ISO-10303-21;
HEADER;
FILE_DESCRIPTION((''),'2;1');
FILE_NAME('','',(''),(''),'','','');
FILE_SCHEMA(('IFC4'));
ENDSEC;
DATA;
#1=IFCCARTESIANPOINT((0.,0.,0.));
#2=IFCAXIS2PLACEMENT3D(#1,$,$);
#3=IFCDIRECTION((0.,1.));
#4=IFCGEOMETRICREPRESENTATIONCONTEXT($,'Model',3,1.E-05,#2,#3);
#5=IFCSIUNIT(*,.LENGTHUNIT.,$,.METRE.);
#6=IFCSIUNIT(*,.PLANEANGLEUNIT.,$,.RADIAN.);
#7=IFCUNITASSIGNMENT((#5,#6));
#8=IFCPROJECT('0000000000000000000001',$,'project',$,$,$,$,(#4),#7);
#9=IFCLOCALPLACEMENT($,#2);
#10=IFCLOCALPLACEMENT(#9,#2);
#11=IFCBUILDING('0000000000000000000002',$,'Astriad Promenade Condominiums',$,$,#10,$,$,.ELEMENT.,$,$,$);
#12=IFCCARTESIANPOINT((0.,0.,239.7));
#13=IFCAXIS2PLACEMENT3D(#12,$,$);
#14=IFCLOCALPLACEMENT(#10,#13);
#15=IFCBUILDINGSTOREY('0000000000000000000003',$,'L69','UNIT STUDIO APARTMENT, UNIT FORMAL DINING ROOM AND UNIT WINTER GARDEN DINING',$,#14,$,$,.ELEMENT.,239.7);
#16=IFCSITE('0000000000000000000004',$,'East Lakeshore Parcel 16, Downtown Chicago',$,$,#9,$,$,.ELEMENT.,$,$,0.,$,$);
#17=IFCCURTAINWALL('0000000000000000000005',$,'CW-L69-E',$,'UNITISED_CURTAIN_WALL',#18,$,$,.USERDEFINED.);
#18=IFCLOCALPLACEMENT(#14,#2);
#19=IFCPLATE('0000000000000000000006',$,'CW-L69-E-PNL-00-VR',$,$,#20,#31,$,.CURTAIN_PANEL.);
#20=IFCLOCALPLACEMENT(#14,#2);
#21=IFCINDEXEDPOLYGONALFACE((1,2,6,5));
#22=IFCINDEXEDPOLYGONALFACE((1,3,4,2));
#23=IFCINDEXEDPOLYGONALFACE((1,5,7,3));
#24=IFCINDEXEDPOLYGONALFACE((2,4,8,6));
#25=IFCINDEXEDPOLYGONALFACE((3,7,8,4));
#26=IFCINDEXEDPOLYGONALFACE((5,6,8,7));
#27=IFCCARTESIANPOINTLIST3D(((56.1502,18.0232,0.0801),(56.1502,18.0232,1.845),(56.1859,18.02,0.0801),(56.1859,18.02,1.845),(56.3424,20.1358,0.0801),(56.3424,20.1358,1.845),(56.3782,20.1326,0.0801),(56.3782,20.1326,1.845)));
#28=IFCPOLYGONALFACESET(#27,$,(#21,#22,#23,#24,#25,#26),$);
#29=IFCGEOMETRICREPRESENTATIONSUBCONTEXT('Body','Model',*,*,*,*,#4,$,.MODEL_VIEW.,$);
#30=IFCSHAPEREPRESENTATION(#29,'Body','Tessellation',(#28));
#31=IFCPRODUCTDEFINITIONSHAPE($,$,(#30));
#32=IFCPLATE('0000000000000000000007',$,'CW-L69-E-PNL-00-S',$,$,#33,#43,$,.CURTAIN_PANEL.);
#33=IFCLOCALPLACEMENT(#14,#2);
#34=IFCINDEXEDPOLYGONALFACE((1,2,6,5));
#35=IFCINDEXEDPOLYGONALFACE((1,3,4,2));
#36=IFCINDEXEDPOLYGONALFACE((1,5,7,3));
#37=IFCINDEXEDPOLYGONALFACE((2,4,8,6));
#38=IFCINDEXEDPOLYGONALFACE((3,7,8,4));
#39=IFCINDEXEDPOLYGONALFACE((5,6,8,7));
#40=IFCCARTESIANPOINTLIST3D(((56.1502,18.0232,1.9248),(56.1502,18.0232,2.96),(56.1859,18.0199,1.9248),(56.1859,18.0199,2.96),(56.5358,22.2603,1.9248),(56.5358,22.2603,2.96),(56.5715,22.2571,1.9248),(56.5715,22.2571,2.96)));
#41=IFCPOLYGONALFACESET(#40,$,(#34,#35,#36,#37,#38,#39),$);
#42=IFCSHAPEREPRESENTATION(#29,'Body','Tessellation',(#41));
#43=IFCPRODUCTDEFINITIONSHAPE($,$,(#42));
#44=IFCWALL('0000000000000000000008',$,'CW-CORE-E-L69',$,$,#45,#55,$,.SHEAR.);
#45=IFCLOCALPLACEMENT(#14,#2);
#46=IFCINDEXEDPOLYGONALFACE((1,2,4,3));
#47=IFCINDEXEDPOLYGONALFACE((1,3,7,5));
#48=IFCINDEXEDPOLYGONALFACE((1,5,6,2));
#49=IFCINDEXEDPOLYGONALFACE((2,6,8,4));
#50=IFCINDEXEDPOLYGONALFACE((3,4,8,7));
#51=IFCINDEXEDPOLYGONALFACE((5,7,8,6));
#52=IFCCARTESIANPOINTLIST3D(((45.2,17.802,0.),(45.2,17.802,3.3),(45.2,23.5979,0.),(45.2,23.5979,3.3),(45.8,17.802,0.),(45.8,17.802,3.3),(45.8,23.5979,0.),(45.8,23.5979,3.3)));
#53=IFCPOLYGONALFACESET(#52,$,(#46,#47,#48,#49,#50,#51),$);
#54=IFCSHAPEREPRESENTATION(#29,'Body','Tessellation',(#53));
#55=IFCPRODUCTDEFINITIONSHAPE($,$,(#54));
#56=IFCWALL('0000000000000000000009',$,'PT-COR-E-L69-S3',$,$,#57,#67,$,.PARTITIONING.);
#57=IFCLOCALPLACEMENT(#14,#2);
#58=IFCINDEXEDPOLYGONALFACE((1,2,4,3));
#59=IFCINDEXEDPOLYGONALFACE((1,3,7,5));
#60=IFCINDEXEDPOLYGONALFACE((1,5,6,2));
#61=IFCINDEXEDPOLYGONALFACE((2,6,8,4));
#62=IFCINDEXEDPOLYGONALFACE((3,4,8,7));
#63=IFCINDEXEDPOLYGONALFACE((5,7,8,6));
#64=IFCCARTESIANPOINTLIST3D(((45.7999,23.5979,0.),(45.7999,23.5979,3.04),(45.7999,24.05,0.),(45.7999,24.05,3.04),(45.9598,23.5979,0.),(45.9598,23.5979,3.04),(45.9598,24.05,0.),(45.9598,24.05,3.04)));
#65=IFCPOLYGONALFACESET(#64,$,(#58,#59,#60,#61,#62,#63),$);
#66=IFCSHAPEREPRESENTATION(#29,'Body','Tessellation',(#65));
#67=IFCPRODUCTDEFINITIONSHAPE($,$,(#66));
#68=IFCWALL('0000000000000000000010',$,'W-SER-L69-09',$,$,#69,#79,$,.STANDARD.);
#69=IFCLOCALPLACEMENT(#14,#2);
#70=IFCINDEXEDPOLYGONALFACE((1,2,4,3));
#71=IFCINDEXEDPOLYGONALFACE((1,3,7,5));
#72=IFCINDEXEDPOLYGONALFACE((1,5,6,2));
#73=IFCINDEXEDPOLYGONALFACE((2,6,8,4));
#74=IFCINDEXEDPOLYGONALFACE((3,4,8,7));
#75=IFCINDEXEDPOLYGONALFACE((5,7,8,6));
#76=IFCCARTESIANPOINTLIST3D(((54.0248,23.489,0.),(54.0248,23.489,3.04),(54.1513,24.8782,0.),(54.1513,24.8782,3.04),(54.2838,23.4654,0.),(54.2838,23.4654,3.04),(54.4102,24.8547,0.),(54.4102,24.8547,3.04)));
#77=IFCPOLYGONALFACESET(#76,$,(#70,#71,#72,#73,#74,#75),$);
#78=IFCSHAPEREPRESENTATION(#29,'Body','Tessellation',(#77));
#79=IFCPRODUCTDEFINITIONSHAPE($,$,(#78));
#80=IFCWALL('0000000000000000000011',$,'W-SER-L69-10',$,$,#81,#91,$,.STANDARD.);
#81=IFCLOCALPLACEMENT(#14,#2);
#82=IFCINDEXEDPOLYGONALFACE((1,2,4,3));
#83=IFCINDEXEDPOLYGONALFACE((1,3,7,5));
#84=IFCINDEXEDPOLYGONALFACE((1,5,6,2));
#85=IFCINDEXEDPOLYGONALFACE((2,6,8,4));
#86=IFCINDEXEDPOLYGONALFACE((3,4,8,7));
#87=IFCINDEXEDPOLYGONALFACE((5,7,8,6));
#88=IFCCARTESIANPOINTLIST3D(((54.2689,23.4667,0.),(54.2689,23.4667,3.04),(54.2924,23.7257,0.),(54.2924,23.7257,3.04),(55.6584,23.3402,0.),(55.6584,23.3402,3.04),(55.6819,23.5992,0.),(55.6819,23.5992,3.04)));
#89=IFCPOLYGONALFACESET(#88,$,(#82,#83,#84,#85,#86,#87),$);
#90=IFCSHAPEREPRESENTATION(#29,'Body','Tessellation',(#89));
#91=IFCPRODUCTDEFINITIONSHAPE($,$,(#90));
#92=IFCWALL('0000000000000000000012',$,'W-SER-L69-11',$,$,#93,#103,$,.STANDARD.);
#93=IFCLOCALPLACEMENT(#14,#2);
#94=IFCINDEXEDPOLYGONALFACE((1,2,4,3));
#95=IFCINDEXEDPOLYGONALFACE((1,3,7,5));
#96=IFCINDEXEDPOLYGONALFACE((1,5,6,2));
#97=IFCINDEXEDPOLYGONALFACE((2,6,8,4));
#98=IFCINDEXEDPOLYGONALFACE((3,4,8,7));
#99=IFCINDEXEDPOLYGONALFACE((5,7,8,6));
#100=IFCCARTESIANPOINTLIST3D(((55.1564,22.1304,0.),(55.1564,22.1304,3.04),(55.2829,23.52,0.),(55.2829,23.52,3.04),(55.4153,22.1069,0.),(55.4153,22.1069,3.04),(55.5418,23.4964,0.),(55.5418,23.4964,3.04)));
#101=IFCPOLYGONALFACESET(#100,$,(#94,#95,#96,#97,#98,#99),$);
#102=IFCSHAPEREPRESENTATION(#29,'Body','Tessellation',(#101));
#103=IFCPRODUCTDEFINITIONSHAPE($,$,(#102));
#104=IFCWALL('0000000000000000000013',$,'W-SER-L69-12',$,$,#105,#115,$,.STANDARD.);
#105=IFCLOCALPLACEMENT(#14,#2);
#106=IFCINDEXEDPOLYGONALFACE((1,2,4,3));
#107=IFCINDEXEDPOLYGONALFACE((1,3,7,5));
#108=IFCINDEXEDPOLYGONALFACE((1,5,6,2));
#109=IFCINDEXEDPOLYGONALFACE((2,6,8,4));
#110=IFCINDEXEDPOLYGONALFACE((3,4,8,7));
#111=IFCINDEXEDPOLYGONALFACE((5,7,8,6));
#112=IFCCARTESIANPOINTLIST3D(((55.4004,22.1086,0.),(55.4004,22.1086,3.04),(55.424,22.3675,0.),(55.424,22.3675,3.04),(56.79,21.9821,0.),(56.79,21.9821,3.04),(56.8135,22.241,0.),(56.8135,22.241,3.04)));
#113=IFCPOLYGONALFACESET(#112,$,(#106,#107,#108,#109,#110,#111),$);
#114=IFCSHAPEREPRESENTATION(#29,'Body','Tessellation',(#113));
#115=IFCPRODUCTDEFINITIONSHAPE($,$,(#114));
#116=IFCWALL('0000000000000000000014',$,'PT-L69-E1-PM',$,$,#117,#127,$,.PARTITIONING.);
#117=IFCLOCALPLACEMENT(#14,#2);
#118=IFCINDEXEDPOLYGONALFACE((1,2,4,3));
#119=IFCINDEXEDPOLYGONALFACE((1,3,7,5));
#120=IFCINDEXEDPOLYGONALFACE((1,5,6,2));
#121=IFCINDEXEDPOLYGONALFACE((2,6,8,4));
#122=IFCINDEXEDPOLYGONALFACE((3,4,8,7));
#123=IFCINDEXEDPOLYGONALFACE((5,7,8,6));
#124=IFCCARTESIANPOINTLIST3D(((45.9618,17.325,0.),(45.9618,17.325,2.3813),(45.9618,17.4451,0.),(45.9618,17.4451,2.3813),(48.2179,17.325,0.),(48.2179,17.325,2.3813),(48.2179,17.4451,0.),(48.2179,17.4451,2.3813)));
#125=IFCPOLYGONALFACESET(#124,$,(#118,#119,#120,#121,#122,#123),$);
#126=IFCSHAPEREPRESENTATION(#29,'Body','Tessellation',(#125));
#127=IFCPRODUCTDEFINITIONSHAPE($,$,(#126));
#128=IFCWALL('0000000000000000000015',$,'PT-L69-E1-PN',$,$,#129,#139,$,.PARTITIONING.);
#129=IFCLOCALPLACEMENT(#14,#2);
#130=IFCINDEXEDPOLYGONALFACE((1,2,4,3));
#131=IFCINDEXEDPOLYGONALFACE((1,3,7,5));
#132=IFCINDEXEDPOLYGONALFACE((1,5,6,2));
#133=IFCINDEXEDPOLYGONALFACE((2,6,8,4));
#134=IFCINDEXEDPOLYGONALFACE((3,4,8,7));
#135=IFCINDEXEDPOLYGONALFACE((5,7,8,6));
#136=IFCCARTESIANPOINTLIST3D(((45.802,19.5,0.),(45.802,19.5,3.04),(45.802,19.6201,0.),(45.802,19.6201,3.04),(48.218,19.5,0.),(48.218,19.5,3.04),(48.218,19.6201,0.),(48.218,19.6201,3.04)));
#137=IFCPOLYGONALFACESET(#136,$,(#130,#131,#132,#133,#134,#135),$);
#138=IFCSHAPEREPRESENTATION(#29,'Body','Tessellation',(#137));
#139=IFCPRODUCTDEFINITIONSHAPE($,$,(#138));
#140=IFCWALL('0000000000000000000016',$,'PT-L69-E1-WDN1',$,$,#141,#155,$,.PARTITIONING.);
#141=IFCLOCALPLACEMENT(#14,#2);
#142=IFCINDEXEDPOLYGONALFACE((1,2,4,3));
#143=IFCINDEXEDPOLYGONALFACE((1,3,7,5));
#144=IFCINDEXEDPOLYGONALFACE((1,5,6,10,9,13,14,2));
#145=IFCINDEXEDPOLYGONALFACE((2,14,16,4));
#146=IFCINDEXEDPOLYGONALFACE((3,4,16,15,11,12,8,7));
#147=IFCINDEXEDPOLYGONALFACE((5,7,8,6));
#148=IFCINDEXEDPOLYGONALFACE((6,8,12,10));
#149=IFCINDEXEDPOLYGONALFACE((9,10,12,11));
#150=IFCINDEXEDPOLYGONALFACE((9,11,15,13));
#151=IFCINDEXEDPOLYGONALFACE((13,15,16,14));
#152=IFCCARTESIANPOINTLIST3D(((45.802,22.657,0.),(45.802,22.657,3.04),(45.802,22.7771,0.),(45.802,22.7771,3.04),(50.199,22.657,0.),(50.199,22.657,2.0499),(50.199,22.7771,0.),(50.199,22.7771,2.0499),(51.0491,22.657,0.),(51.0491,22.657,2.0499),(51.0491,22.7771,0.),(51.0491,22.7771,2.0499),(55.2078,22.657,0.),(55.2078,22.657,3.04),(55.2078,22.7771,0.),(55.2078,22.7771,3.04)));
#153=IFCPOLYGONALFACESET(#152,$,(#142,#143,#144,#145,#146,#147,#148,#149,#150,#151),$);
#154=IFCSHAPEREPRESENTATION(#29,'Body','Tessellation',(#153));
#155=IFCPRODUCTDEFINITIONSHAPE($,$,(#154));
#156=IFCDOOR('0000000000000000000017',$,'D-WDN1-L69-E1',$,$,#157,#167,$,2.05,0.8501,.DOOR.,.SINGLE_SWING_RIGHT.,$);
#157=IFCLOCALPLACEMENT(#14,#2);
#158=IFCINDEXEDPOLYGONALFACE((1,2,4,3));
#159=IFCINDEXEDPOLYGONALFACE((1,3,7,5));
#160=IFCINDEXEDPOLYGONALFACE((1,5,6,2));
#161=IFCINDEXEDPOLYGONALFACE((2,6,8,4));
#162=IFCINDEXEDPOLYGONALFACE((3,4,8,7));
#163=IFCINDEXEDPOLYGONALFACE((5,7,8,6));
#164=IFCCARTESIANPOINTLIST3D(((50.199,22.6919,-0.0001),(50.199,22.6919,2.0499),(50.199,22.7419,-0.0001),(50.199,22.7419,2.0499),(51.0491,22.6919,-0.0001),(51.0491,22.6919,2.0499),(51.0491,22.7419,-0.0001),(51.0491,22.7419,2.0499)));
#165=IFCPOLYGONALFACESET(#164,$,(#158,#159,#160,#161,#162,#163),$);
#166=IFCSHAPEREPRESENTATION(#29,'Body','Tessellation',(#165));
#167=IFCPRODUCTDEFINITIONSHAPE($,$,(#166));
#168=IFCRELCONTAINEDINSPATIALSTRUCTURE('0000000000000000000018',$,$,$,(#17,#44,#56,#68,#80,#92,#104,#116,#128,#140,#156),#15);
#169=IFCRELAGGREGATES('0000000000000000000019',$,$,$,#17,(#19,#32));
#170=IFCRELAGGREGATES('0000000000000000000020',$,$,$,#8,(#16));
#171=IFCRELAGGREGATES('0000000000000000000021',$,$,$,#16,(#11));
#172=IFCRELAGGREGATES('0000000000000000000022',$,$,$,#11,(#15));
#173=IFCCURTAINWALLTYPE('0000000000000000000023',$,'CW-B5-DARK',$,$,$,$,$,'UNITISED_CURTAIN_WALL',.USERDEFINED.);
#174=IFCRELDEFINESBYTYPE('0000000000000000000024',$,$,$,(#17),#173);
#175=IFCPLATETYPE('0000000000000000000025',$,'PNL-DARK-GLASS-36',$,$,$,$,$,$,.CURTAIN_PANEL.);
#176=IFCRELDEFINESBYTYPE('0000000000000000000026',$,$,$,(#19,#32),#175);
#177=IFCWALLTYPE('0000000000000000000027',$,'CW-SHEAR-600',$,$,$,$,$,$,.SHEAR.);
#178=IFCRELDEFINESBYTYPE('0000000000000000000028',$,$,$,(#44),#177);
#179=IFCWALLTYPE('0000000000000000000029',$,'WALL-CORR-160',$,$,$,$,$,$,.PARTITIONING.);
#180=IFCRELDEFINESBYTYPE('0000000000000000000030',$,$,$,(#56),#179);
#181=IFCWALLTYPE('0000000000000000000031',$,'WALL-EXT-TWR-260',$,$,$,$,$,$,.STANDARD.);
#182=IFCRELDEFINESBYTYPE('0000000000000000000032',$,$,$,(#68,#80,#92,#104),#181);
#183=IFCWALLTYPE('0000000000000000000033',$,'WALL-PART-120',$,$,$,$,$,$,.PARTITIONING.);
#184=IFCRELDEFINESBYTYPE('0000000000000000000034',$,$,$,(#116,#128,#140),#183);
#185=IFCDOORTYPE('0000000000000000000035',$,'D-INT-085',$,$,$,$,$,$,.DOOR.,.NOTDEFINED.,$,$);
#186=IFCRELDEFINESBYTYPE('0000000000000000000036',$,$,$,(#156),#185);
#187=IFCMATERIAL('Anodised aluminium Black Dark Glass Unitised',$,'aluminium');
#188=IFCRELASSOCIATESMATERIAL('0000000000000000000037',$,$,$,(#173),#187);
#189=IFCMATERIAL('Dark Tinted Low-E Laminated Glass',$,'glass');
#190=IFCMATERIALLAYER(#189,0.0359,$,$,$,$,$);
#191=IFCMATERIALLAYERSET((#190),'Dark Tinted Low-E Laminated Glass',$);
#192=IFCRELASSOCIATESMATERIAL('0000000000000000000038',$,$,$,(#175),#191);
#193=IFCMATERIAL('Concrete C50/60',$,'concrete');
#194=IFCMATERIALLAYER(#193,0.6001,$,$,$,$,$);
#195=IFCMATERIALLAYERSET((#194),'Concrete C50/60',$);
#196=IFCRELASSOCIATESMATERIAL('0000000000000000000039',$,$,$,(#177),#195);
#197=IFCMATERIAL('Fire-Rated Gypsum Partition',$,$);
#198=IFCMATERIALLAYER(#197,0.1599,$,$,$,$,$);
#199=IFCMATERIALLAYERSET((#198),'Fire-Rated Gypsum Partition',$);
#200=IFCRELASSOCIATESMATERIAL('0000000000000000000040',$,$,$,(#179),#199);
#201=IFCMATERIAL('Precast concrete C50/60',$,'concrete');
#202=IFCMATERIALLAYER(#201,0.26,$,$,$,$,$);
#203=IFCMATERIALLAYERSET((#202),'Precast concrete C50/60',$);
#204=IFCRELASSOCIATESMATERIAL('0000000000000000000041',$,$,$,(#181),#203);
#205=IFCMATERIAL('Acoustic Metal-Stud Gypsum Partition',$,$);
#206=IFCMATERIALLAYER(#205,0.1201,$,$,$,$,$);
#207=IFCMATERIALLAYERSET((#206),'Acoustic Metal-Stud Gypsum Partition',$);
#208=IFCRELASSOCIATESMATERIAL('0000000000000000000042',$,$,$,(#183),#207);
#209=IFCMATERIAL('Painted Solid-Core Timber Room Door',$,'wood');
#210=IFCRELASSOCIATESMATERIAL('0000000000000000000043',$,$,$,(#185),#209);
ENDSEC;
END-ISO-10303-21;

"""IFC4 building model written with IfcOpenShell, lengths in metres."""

from ifc_helpers import new_model, si_unit, direction, frame, frame_2d, origin, origin_2d, place, context, subcontext, project, spatial, rectangle, extrude, source, transform, mapped, material, layer, layer_set, type_object, type_shapes, element, fill, aggregate, save


model = new_model("IFC4")

# Units and contexts
model_context = context("Model", 3, precision=1e-05, world=origin(), true_north=direction((0.0, 1.0)))
body_context = subcontext(model_context, "Body", "Model", "MODEL_VIEW")
ifc_project = project(units=[si_unit("LENGTHUNIT", "METRE"), si_unit("PLANEANGLEUNIT", "RADIAN")], contexts=[model_context])

# Site, building, storey
site_placement = place(None, origin())
site = spatial("IfcSite", under=ifc_project, at=site_placement, Name="East Lakeshore Parcel 16, Downtown Chicago", CompositionType="ELEMENT", RefElevation=0.0)
building_placement = place(site_placement, origin())
building = spatial("IfcBuilding", under=site, at=building_placement, Name="Astriad Promenade Condominiums", CompositionType="ELEMENT")
storey_placement = place(building_placement, frame((0.0, 0.0, 239.7)))
storey = spatial("IfcBuildingStorey", under=building, at=storey_placement, Name="L69", Description="UNIT STUDIO APARTMENT, UNIT FORMAL DINING ROOM AND UNIT WINTER GARDEN DINING", CompositionType="ELEMENT", Elevation=239.7)

# Shared definitions
ifc_material_1 = material(Name="Concrete C50/60", Category="concrete")

# Curtain wall, plates
ifc_material_2 = material(Name="Anodised aluminium Black Dark Glass Unitised", Category="aluminium")
curtain_wall_type = type_object("IfcCurtainWallType", Name="CW-B5-DARK", ElementType="UNITISED_CURTAIN_WALL", PredefinedType="USERDEFINED", material=ifc_material_2)
curtain_wall_placement = place(storey_placement, origin())
curtain_wall = element("IfcCurtainWall", 1, at=curtain_wall_placement, inside=storey, type_object=curtain_wall_type, Name="CW-L69-E", ObjectType="UNITISED_CURTAIN_WALL", PredefinedType="USERDEFINED")
ifc_material_3 = material(Name="Dark Tinted Low-E Laminated Glass", Category="glass")
ifc_layer_1 = layer(ifc_material_3, 0.0359)
ifc_layer_set_1 = layer_set([ifc_layer_1], Name="Dark Tinted Low-E Laminated Glass")
plate_type = type_object("IfcPlateType", Name="PNL-DARK-GLASS-36", PredefinedType="CURTAIN_PANEL", material=ifc_layer_set_1)
shared_shape_1 = source(origin(), body_context, "Body", "SweptSolid", [
    extrude(rectangle(XDim=2.1213, YDim=0.0359, at=origin_2d()), origin(), (0.0, 0.0, 1.0), 1.7649),
])
plate_1_placement = place(storey_placement, frame((56.2642, 19.0779, 0.0801), z_axis=(0.0, 0.0, 1.0), x_axis=(-0.090633, -0.995884, 0.0)))
plate_1 = element("IfcPlate", 2, at=plate_1_placement, type_object=plate_type, Name="CW-L69-E-PNL-00-VR", PredefinedType="CURTAIN_PANEL", context=body_context, shape_type="MappedRepresentation", body=[
    mapped(shared_shape_1, transform((0.0, 0.0, 0.0), scale=1.0)),
])
shared_shape_2 = source(origin(), body_context, "Body", "SweptSolid", [
    extrude(rectangle(XDim=4.2546, YDim=0.0359, at=origin_2d()), origin(), (0.0, 0.0, 1.0), 1.0352),
])
type_shapes(plate_type, [shared_shape_1, shared_shape_2])
plate_2_placement = place(storey_placement, frame((56.3608, 20.1401, 1.9248), z_axis=(0.0, 0.0, 1.0), x_axis=(-0.090633, -0.995884, 0.0)))
plate_2 = element("IfcPlate", 3, at=plate_2_placement, type_object=plate_type, Name="CW-L69-E-PNL-00-S", PredefinedType="CURTAIN_PANEL", context=body_context, shape_type="MappedRepresentation", body=[
    mapped(shared_shape_2, transform((0.0, 0.0, 0.0), scale=1.0)),
])
aggregate(curtain_wall, [plate_1, plate_2])

# Walls
ifc_layer_2 = layer(ifc_material_1, 0.6001)
ifc_layer_set_2 = layer_set([ifc_layer_2], Name="Concrete C50/60")
wall_type_1 = type_object("IfcWallType", Name="CW-SHEAR-600", PredefinedType="SHEAR", material=ifc_layer_set_2)
wall_1_placement = place(storey_placement, frame((45.5, 17.802, 0.0), z_axis=(0.0, 0.0, 1.0), x_axis=(0.0, 1.0, 0.0)))
element("IfcWall", 4, at=wall_1_placement, inside=storey, type_object=wall_type_1, Name="CW-CORE-E-L69", PredefinedType="SHEAR", context=body_context, shape_type="SweptSolid", body=[
    extrude(rectangle(XDim=5.7959, YDim=0.6001, at=frame_2d((2.8979, 0.0))), origin(), (0.0, 0.0, 1.0), 3.3),
])
ifc_material_4 = material(Name="Fire-Rated Gypsum Partition")
ifc_layer_3 = layer(ifc_material_4, 0.1599)
ifc_layer_set_3 = layer_set([ifc_layer_3], Name="Fire-Rated Gypsum Partition")
wall_type_2 = type_object("IfcWallType", Name="WALL-CORR-160", PredefinedType="PARTITIONING", material=ifc_layer_set_3)
wall_2_placement = place(storey_placement, frame((45.8799, 23.5979, 0.0), z_axis=(0.0, 0.0, 1.0), x_axis=(0.0, 1.0, 0.0)))
element("IfcWall", 5, at=wall_2_placement, inside=storey, type_object=wall_type_2, Name="PT-COR-E-L69-S3", PredefinedType="PARTITIONING", context=body_context, shape_type="SweptSolid", body=[
    extrude(rectangle(XDim=0.4521, YDim=0.1599, at=frame_2d((0.2261, 0.0))), origin(), (0.0, 0.0, 1.0), 3.04),
])
ifc_material_5 = material(Name="Precast concrete C50/60", Category="concrete")
ifc_layer_4 = layer(ifc_material_5, 0.26)
ifc_layer_set_4 = layer_set([ifc_layer_4], Name="Precast concrete C50/60")
wall_type_3 = type_object("IfcWallType", Name="WALL-EXT-TWR-260", PredefinedType="STANDARD", material=ifc_layer_set_4)
wall_3_placement = place(storey_placement, frame((54.2808, 24.8665, 0.0), z_axis=(0.0, 0.0, 1.0), x_axis=(-0.090662, -0.995882, 0.0)))
element("IfcWall", 6, at=wall_3_placement, inside=storey, type_object=wall_type_3, Name="W-SER-L69-09", PredefinedType="STANDARD", context=body_context, shape_type="SweptSolid", body=[
    extrude(rectangle(XDim=1.395, YDim=0.26, at=frame_2d((0.6975, 0.0))), origin(), (0.0, 0.0, 1.0), 3.04),
])
for number, where, z_axis, x_axis, name in (
    (7, (54.2805, 23.5962, 0.0), (0.0, 0.0, 1.0), (0.995883, -0.090646, 0.0), "W-SER-L69-10"),
    (8, (55.4124, 23.5083, 0.0), (0.0, 0.0, 1.0), (-0.090646, -0.995883, 0.0), "W-SER-L69-11"),
    (9, (55.4121, 22.238, 0.0), (0.0, 0.0, 1.0), (0.995883, -0.090646, 0.0), "W-SER-L69-12"),
):
    element("IfcWall", number, at=place(storey_placement, frame(where, z_axis=z_axis, x_axis=x_axis)), inside=storey, type_object=wall_type_3, Name=name, PredefinedType="STANDARD", context=body_context, shape_type="SweptSolid", body=[
        extrude(rectangle(XDim=1.3953, YDim=0.26, at=frame_2d((0.6978, 0.0))), origin(), (0.0, 0.0, 1.0), 3.04),
    ])
ifc_material_6 = material(Name="Acoustic Metal-Stud Gypsum Partition")
ifc_layer_5 = layer(ifc_material_6, 0.1201)
ifc_layer_set_5 = layer_set([ifc_layer_5], Name="Acoustic Metal-Stud Gypsum Partition")
wall_type_4 = type_object("IfcWallType", Name="WALL-PART-120", PredefinedType="PARTITIONING", material=ifc_layer_set_5)
wall_4_placement = place(storey_placement, frame((45.9619, 17.385, 0.0), z_axis=(0.0, 0.0, 1.0), x_axis=(1.0, 0.0, 0.0)))
element("IfcWall", 10, at=wall_4_placement, inside=storey, type_object=wall_type_4, Name="PT-L69-E1-PM", PredefinedType="PARTITIONING", context=body_context, shape_type="SweptSolid", body=[
    extrude(rectangle(XDim=2.2561, YDim=0.1201, at=frame_2d((1.1279, 0.0))), origin(), (0.0, 0.0, 1.0), 2.3813),
])
wall_5_placement = place(storey_placement, frame((45.802, 19.5601, 0.0), z_axis=(0.0, 0.0, 1.0), x_axis=(1.0, 0.0, 0.0)))
element("IfcWall", 11, at=wall_5_placement, inside=storey, type_object=wall_type_4, Name="PT-L69-E1-PN", PredefinedType="PARTITIONING", context=body_context, shape_type="SweptSolid", body=[
    extrude(rectangle(XDim=2.416, YDim=0.1201, at=frame_2d((1.208, 0.0))), origin(), (0.0, 0.0, 1.0), 3.04),
])

# Wall, opening, door
wall_6_placement = place(storey_placement, frame((45.802, 22.717, 0.0), z_axis=(0.0, 0.0, 1.0), x_axis=(1.0, 0.0, 0.0)))
wall_6 = element("IfcWall", 12, at=wall_6_placement, inside=storey, type_object=wall_type_4, Name="PT-L69-E1-WDN1", PredefinedType="PARTITIONING", context=body_context, shape_type="SweptSolid", body=[
    extrude(rectangle(XDim=9.4058, YDim=0.1201, at=frame_2d((4.7029, 0.0))), origin(), (0.0, 0.0, 1.0), 3.04),
])
opening_1_placement = place(wall_6_placement, frame((4.397, 0.0, 0.0)))
opening_1 = element("IfcOpeningElement", 13, at=opening_1_placement, cuts=wall_6, PredefinedType="OPENING", context=body_context, shape_type="SweptSolid", body=[
    extrude(rectangle(XDim=0.8501, YDim=2.05, at=frame_2d((0.425, 1.0249))), frame((0.0, 0.0701, 0.0), z_axis=(0.0, -1.0, 0.0), x_axis=(1.0, 0.0, 0.0)), (0.0, 0.0, 1.0), 0.1401),
])
ifc_material_7 = material(Name="Painted Solid-Core Timber Room Door", Category="wood")
door_type = type_object("IfcDoorType", Name="D-INT-085", OperationType="NOTDEFINED", PredefinedType="DOOR", material=ifc_material_7)
shared_shape_3 = source(origin(), body_context, "Body", "SweptSolid", [
    extrude(rectangle(XDim=0.8501, YDim=2.05, at=frame_2d((0.425, 1.0249))), frame((0.0, 0.0249, 0.0), z_axis=(0.0, -1.0, 0.0), x_axis=(1.0, 0.0, 0.0)), (0.0, 0.0, 1.0), 0.05),
])
type_shapes(door_type, [shared_shape_3])
door_1_placement = place(opening_1_placement, origin())
door_1 = element("IfcDoor", 14, at=door_1_placement, inside=storey, type_object=door_type, Name="D-WDN1-L69-E1", OperationType="SINGLE_SWING_RIGHT", OverallHeight=2.05, OverallWidth=0.8501, PredefinedType="DOOR", context=body_context, shape_type="MappedRepresentation", body=[
    mapped(shared_shape_3, transform((0.0, 0.0, 0.0), scale=1.0)),
])
fill(opening_1, door_1)

save(model, "model.ifc")
